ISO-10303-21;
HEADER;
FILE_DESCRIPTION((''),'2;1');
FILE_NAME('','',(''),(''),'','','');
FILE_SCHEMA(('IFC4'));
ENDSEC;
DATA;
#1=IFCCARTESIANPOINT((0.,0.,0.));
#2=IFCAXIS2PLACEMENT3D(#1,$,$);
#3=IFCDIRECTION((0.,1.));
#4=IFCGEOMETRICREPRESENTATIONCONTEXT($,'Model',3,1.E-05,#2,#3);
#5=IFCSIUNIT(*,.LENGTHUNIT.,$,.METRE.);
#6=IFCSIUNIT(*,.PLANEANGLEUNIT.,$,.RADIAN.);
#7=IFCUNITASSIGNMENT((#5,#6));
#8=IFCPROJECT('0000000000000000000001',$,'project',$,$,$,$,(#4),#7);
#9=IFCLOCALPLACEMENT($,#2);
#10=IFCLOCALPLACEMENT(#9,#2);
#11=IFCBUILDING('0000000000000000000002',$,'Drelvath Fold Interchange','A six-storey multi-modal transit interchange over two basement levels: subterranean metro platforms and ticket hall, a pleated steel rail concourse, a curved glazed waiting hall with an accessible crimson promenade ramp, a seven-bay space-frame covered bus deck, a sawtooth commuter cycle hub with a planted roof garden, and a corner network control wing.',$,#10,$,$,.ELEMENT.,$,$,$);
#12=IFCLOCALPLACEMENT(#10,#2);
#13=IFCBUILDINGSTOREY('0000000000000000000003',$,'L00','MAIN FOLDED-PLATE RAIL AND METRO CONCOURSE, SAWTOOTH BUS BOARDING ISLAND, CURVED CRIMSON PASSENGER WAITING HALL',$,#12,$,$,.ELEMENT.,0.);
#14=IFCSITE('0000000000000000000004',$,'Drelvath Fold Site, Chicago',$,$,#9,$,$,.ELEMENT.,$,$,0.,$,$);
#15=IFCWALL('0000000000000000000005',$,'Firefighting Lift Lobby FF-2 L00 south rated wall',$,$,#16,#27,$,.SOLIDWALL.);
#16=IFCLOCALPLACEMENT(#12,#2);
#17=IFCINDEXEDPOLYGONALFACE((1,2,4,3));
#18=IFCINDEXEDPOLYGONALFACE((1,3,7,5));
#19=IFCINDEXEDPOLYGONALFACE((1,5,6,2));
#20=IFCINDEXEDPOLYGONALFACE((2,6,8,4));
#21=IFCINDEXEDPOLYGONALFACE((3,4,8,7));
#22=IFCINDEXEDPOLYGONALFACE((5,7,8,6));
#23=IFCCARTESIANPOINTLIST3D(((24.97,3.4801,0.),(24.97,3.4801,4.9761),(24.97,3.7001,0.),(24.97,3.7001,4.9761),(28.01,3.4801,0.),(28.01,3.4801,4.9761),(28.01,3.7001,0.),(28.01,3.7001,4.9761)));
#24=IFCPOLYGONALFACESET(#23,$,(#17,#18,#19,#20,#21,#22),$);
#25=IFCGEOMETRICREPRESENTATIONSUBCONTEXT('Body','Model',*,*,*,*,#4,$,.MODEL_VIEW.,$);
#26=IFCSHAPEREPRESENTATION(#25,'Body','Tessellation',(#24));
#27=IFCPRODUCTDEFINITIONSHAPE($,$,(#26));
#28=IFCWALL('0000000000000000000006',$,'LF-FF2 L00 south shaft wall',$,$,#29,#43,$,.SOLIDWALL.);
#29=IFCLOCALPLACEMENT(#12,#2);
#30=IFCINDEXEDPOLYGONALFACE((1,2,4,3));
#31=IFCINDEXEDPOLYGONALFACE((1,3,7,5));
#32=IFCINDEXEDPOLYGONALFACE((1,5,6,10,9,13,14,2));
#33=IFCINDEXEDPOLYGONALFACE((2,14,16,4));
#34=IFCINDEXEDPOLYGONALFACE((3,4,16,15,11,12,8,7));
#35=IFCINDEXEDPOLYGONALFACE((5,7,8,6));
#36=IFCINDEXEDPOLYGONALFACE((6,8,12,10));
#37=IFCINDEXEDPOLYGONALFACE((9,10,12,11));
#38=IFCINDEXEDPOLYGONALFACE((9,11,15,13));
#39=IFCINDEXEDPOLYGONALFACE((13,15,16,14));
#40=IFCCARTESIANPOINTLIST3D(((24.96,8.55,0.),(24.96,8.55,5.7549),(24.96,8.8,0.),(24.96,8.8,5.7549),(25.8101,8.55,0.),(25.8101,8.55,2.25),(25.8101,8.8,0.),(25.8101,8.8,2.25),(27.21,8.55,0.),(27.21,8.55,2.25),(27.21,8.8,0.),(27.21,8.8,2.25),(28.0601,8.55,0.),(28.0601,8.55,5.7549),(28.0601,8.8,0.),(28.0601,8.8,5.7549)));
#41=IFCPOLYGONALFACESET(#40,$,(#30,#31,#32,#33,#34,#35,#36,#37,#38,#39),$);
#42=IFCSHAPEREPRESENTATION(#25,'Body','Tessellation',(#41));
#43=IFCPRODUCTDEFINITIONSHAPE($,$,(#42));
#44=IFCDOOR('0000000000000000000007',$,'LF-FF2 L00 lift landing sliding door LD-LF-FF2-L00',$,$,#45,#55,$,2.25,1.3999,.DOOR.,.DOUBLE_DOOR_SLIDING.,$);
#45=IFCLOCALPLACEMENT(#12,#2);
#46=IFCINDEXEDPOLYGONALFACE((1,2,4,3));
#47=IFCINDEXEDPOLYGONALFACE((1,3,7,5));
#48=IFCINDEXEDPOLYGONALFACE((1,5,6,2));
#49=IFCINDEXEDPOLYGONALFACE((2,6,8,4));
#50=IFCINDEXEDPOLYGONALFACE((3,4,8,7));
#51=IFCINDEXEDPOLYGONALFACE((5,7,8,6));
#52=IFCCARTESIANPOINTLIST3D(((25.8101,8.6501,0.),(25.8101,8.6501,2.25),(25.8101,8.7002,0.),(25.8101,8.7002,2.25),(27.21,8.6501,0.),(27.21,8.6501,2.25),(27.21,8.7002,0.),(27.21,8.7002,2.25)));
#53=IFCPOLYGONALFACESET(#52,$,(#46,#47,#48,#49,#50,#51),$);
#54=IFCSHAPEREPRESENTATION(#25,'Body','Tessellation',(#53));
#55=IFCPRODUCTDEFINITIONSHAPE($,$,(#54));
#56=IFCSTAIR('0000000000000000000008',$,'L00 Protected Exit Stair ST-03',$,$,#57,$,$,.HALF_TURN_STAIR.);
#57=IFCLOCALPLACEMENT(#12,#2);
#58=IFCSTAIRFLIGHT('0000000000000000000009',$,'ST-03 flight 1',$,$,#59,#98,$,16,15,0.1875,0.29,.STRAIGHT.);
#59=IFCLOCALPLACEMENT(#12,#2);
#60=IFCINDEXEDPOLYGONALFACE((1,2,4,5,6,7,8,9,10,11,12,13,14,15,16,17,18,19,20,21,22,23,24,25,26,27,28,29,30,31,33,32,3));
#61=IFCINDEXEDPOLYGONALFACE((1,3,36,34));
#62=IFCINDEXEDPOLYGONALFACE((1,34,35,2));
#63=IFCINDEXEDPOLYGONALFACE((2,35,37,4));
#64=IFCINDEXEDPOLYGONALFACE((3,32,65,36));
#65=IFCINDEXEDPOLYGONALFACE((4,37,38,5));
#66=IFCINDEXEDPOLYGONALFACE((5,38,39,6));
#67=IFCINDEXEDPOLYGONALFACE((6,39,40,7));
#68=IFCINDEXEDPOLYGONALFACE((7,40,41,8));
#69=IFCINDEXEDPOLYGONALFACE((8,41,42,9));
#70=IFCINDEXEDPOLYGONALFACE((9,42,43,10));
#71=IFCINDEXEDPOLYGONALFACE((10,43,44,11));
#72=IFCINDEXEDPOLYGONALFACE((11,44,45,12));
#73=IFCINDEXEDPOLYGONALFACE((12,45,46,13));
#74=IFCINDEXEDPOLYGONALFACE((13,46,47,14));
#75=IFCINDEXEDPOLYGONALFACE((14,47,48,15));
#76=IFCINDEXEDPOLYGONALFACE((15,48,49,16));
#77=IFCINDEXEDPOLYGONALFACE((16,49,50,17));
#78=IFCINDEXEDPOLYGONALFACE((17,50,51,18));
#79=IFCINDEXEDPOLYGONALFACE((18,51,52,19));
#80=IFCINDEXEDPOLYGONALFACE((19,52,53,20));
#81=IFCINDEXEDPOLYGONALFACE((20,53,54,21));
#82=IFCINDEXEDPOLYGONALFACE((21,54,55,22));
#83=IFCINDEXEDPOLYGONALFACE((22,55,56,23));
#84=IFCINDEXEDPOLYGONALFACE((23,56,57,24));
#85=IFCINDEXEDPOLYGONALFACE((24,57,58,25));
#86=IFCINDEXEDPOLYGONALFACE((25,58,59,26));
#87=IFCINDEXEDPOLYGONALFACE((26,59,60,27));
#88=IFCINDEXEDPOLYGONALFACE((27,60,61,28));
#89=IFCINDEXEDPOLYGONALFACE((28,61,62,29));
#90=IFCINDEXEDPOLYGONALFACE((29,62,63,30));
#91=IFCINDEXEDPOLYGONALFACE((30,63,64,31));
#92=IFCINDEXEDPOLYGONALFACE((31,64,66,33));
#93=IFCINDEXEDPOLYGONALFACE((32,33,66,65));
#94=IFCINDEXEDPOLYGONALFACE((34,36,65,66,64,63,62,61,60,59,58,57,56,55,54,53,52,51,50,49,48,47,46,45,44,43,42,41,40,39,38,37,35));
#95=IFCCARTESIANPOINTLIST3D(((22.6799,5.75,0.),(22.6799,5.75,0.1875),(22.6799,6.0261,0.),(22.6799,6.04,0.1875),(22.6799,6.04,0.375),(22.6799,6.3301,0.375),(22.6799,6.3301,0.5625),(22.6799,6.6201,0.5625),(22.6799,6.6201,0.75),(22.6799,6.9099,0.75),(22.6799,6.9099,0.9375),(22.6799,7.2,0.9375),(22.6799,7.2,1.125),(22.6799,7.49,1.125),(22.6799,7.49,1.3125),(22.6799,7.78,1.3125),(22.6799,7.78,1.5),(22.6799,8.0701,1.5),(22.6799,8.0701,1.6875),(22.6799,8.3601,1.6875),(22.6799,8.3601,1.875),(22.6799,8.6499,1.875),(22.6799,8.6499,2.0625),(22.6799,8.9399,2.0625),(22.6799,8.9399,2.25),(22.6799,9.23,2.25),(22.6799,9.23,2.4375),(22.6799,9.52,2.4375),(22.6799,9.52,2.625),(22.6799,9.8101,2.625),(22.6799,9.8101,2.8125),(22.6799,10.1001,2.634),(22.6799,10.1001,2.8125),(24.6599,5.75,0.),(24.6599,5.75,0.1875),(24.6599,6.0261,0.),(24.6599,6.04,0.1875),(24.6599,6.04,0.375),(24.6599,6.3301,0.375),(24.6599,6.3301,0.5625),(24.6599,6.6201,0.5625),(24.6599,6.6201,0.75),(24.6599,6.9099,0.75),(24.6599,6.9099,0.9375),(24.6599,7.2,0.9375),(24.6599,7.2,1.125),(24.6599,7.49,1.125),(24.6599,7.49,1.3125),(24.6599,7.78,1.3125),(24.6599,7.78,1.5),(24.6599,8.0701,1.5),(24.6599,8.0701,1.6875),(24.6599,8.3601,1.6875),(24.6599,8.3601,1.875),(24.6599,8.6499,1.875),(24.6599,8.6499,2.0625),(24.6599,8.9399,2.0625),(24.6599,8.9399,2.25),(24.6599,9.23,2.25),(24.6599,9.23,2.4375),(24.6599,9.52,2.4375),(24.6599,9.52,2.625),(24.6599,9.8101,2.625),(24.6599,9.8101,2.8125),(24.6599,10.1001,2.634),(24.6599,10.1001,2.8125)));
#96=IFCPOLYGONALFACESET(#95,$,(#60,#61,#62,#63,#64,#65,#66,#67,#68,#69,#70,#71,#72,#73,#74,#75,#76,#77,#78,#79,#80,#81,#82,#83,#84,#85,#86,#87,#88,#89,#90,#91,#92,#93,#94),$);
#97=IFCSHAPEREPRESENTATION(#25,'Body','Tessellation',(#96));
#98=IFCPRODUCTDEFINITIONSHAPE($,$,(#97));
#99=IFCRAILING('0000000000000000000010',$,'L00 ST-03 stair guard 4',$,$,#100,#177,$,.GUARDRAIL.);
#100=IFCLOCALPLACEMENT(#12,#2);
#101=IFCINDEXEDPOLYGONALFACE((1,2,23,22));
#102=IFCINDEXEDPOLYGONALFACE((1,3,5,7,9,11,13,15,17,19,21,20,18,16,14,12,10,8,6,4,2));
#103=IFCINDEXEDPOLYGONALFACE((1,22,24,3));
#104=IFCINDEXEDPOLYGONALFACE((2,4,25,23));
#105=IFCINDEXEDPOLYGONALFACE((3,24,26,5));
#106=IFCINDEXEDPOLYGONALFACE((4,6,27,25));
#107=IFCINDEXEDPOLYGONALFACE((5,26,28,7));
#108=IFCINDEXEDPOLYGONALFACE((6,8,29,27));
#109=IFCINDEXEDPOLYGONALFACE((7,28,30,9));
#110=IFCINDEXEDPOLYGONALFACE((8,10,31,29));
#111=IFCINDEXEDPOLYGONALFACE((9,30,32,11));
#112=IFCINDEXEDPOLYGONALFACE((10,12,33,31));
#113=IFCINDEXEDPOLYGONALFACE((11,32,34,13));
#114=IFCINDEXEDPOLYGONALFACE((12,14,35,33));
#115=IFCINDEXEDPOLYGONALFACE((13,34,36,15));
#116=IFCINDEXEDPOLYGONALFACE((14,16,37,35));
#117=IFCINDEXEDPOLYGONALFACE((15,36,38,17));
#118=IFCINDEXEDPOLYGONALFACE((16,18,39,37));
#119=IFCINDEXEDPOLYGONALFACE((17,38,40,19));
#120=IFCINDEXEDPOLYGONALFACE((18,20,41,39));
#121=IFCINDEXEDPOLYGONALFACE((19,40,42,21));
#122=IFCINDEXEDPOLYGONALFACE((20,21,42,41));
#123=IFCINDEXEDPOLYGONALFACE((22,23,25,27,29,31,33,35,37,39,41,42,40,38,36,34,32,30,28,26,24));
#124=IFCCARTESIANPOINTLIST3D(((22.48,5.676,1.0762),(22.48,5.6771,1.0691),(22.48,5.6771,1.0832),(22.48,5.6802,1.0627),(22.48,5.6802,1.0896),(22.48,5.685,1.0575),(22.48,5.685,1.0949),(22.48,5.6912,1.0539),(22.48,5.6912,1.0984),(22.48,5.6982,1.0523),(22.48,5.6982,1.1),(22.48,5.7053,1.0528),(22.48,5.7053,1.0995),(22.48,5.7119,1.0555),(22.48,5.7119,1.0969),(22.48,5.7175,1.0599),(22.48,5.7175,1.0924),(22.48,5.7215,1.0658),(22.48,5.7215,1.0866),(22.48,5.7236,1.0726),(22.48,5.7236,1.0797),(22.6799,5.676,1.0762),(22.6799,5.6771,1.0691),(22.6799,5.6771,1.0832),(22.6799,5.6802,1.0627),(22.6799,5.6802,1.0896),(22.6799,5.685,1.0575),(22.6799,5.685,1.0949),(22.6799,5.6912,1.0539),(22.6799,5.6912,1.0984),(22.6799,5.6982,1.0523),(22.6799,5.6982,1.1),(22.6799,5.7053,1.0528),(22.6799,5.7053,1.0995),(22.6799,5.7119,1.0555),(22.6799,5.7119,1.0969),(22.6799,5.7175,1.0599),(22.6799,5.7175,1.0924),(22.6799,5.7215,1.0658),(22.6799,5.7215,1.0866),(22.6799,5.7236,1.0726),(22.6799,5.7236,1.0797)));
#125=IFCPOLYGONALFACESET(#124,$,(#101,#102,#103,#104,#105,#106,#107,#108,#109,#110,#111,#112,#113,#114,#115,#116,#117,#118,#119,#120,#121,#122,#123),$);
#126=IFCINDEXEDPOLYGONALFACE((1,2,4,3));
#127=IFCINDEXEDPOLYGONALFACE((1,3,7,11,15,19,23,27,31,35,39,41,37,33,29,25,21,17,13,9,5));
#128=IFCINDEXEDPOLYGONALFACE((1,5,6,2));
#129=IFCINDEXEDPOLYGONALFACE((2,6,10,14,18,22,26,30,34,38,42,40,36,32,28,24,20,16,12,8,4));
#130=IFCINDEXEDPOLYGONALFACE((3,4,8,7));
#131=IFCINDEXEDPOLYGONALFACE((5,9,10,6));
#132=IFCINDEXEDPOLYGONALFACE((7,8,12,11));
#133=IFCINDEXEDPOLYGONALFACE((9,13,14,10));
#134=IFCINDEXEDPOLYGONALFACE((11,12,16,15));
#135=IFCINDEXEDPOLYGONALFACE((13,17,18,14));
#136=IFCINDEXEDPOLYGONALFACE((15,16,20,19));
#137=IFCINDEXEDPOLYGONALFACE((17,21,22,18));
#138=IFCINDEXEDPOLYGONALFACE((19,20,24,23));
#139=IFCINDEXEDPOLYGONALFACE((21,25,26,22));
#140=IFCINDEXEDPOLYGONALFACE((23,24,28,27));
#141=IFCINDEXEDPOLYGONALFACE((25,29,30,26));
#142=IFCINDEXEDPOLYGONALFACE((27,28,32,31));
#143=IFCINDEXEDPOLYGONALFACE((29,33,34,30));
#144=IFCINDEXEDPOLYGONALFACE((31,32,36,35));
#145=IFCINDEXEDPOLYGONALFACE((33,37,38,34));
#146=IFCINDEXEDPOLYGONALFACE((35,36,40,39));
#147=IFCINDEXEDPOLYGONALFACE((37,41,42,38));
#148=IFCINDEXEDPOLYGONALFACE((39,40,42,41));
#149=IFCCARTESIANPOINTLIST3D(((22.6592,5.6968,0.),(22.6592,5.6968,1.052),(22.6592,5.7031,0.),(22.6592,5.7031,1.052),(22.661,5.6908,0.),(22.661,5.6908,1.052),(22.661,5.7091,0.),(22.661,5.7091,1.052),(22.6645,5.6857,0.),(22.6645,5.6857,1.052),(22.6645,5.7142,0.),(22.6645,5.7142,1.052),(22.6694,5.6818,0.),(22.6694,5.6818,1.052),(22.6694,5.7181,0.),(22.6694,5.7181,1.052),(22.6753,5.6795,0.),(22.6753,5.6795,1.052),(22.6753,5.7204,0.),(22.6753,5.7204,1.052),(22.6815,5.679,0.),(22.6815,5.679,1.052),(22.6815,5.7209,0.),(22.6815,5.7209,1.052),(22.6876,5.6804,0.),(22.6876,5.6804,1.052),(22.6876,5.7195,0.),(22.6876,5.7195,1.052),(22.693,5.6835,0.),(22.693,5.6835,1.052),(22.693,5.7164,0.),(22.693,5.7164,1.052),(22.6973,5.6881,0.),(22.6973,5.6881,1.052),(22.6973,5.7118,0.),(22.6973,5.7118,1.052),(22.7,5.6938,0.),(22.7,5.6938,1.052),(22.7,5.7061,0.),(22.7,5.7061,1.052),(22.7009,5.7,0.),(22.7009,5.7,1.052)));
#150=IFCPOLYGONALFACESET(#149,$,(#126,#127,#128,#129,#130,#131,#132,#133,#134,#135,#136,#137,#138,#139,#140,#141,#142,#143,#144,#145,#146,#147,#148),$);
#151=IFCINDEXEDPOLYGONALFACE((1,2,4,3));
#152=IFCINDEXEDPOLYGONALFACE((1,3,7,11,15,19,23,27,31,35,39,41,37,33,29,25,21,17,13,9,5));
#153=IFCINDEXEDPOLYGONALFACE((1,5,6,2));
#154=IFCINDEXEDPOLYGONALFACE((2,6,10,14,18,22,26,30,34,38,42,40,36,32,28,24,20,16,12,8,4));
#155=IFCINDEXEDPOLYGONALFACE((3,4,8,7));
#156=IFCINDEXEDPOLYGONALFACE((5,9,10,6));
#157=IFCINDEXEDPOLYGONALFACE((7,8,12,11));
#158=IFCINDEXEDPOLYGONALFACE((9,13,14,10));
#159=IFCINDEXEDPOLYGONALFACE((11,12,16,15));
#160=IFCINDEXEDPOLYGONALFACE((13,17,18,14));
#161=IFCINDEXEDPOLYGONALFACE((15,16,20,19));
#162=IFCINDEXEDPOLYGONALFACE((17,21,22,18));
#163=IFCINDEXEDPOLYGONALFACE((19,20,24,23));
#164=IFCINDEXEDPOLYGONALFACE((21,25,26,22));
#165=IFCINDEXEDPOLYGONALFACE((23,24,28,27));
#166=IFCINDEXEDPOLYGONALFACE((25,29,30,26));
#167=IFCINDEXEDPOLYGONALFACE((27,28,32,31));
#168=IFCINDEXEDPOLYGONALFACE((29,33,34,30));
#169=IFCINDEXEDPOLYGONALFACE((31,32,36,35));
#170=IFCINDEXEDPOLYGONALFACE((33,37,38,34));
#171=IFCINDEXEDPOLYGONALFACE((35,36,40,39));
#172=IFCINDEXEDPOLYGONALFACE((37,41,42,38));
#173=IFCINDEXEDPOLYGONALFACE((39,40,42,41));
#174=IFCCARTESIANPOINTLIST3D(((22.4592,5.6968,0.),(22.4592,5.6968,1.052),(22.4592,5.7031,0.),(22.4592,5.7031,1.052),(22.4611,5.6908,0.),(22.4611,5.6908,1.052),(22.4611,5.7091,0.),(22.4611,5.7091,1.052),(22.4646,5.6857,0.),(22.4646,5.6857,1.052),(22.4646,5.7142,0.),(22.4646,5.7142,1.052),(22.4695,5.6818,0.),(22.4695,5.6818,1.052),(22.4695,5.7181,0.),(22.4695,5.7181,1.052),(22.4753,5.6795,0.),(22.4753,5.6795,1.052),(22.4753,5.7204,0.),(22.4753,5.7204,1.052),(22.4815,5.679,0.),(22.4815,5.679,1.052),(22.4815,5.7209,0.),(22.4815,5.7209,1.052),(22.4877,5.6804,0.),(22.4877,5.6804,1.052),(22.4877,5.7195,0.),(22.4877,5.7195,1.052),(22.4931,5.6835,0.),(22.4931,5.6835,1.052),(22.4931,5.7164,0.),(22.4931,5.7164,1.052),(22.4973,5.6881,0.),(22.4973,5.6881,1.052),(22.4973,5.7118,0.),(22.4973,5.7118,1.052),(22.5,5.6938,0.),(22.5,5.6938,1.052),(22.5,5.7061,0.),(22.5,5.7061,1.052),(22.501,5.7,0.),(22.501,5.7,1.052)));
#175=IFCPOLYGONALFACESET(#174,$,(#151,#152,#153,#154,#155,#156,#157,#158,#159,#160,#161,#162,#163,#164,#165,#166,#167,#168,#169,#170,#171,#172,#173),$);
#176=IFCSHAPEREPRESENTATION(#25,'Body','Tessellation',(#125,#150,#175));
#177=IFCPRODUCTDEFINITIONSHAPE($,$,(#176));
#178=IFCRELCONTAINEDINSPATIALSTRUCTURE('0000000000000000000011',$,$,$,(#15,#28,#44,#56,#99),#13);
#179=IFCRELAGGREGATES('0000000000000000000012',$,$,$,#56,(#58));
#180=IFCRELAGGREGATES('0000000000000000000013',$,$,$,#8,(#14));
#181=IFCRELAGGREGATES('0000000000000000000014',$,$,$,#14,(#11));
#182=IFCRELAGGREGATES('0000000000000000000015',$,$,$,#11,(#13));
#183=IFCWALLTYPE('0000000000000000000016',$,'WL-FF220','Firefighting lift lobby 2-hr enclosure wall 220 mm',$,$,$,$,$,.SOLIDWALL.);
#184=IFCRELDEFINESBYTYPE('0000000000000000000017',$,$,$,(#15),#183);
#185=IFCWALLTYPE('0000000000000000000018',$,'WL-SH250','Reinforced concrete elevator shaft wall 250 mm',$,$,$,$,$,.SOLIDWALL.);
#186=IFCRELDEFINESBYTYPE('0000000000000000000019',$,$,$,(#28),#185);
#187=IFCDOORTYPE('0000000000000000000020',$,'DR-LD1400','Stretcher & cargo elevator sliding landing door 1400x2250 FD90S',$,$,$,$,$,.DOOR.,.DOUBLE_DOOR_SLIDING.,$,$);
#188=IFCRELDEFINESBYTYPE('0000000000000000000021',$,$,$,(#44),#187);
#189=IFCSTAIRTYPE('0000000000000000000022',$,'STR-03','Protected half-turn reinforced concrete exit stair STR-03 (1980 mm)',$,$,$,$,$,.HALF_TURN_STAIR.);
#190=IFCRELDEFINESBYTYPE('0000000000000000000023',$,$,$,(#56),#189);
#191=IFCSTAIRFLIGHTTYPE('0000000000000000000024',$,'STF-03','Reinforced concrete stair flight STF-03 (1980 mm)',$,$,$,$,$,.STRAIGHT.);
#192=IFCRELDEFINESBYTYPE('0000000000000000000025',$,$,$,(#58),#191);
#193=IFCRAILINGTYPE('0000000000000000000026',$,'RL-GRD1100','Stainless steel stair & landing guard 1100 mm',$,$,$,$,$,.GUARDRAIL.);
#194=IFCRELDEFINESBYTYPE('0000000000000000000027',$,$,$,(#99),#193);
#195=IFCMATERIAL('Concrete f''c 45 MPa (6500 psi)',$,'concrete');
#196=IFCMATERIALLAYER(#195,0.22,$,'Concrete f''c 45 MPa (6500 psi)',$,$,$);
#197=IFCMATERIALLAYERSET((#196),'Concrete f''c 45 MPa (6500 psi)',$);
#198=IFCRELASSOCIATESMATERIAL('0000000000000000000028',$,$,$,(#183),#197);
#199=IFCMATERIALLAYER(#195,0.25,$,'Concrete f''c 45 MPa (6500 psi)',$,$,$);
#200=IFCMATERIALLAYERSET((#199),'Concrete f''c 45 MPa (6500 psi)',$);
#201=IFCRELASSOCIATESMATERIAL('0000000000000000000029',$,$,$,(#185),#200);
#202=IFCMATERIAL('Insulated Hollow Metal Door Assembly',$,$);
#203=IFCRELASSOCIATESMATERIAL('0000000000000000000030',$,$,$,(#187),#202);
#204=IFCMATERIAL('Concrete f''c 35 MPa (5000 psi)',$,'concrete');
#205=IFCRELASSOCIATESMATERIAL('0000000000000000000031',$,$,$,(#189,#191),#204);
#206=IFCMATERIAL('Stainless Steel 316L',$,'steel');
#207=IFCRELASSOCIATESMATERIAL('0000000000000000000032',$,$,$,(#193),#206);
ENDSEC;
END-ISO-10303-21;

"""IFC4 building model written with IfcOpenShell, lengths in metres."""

from ifc_helpers import new_model, si_unit, direction, frame, frame_2d, origin, origin_2d, place, context, subcontext, project, spatial, polyline, rectangle, circle, outline, extrude, material, layer, layer_set, type_object, element, fill, aggregate, save


model = new_model("IFC4")

# Units and contexts
model_context = context("Model", 3, precision=1e-05, world=origin(), true_north=direction((0.0, 1.0)))
body_context = subcontext(model_context, "Body", "Model", "MODEL_VIEW")
ifc_project = project(units=[si_unit("LENGTHUNIT", "METRE"), si_unit("PLANEANGLEUNIT", "RADIAN")], contexts=[model_context])

# Site, building, storey
site_placement = place(None, origin())
site = spatial("IfcSite", under=ifc_project, at=site_placement, Name="Drelvath Fold Site, Chicago", CompositionType="ELEMENT", RefElevation=0.0)
building_placement = place(site_placement, origin())
building = spatial("IfcBuilding", under=site, at=building_placement, Name="Drelvath Fold Interchange", Description="A six-storey multi-modal transit interchange over two basement levels: subterranean metro platforms and ticket hall, a pleated steel rail concourse, a curved glazed waiting hall with an accessible crimson promenade ramp, a seven-bay space-frame covered bus deck, a sawtooth commuter cycle hub with a planted roof garden, and a corner network control wing.", CompositionType="ELEMENT")
storey_placement = place(building_placement, origin())
storey = spatial("IfcBuildingStorey", under=building, at=storey_placement, Name="L00", Description="MAIN FOLDED-PLATE RAIL AND METRO CONCOURSE, SAWTOOTH BUS BOARDING ISLAND, CURVED CRIMSON PASSENGER WAITING HALL", CompositionType="ELEMENT", Elevation=0.0)

# Shared definitions
ifc_material_1 = material(Name="Concrete f'c 45 MPa (6500 psi)", Category="concrete")
ifc_material_2 = material(Name="Insulated Hollow Metal Door Assembly")

# Wall
ifc_layer_1 = layer(ifc_material_1, 0.22, Name="Concrete f'c 45 MPa (6500 psi)")
ifc_layer_set_1 = layer_set([ifc_layer_1], Name="Concrete f'c 45 MPa (6500 psi)")
wall_type_1 = type_object("IfcWallType", Name="WL-FF220", Description="Firefighting lift lobby 2-hr enclosure wall 220 mm", PredefinedType="SOLIDWALL", material=ifc_layer_set_1)
wall_1_placement = place(storey_placement, frame((24.97, 3.5901, 0.0), z_axis=(0.0, 0.0, 1.0), x_axis=(1.0, 0.0, 0.0)))
element("IfcWall", 1, at=wall_1_placement, inside=storey, type_object=wall_type_1, Name="Firefighting Lift Lobby FF-2 L00 south rated wall", PredefinedType="SOLIDWALL", context=body_context, shape_type="SweptSolid", body=[
    extrude(rectangle(XDim=3.04, YDim=0.22, at=frame_2d((1.52, 0.0))), origin(), (0.0, 0.0, 1.0), 4.9761),
])

# Wall, opening, door
ifc_layer_2 = layer(ifc_material_1, 0.25, Name="Concrete f'c 45 MPa (6500 psi)")
ifc_layer_set_2 = layer_set([ifc_layer_2], Name="Concrete f'c 45 MPa (6500 psi)")
wall_type_2 = type_object("IfcWallType", Name="WL-SH250", Description="Reinforced concrete elevator shaft wall 250 mm", PredefinedType="SOLIDWALL", material=ifc_layer_set_2)
wall_2_placement = place(storey_placement, frame((24.96, 8.675, 0.0), z_axis=(0.0, 0.0, 1.0), x_axis=(1.0, 0.0, 0.0)))
wall_2 = element("IfcWall", 2, at=wall_2_placement, inside=storey, type_object=wall_type_2, Name="LF-FF2 L00 south shaft wall", PredefinedType="SOLIDWALL", context=body_context, shape_type="SweptSolid", body=[
    extrude(rectangle(XDim=3.1001, YDim=0.25, at=frame_2d((1.55, 0.0))), origin(), (0.0, 0.0, 1.0), 5.7549),
])
opening_1_placement = place(wall_2_placement, frame((0.8501, 0.0, 0.0)))
opening_1 = element("IfcOpeningElement", 3, at=opening_1_placement, cuts=wall_2, PredefinedType="OPENING", context=body_context, shape_type="SweptSolid", body=[
    extrude(rectangle(XDim=1.3999, YDim=2.25, at=frame_2d((0.7, 1.125))), frame((0.0, 0.135, 0.0), z_axis=(0.0, -1.0, 0.0), x_axis=(1.0, 0.0, 0.0)), (0.0, 0.0, 1.0), 0.27),
])
door_type_1 = type_object("IfcDoorType", Name="DR-LD1400", Description="Stretcher & cargo elevator sliding landing door 1400x2250 FD90S", OperationType="DOUBLE_DOOR_SLIDING", PredefinedType="DOOR", material=ifc_material_2)
door_1_placement = place(opening_1_placement, frame((1.3999, 0.0, 0.0), z_axis=(0.0, 0.0, 1.0), x_axis=(-1.0, 0.0, 0.0)))
door_1 = element("IfcDoor", 4, at=door_1_placement, inside=storey, type_object=door_type_1, Name="LF-FF2 L00 lift landing sliding door LD-LF-FF2-L00", OperationType="DOUBLE_DOOR_SLIDING", OverallHeight=2.25, OverallWidth=1.3999, PredefinedType="DOOR", context=body_context, shape_type="SweptSolid", body=[
    extrude(rectangle(XDim=1.3999, YDim=2.25, at=frame_2d((0.7, 1.125))), frame((0.0, 0.0249, 0.0), z_axis=(0.0, -1.0, 0.0), x_axis=(1.0, 0.0, 0.0)), (0.0, 0.0, 1.0), 0.05),
])
fill(opening_1, door_1)

# Stair, stair flight
ifc_material_3 = material(Name="Concrete f'c 35 MPa (5000 psi)", Category="concrete")
stair_type = type_object("IfcStairType", Name="STR-03", Description="Protected half-turn reinforced concrete exit stair STR-03 (1980 mm)", PredefinedType="HALF_TURN_STAIR", material=ifc_material_3)
stair_placement = place(storey_placement, origin())
stair = element("IfcStair", 5, at=stair_placement, inside=storey, type_object=stair_type, Name="L00 Protected Exit Stair ST-03", PredefinedType="HALF_TURN_STAIR")
stair_flight_type = type_object("IfcStairFlightType", Name="STF-03", Description="Reinforced concrete stair flight STF-03 (1980 mm)", PredefinedType="STRAIGHT", material=ifc_material_3)
stair_flight_placement = place(storey_placement, frame((23.6699, 5.75, 0.0), z_axis=(0.0, 0.0, 1.0), x_axis=(0.0, 1.0, 0.0)))
stair_flight = element("IfcStairFlight", 6, at=stair_flight_placement, type_object=stair_flight_type, Name="ST-03 flight 1", NumberOfRisers=16, NumberOfTreads=15, PredefinedType="STRAIGHT", RiserHeight=0.1875, TreadLength=0.29, context=body_context, shape_type="SweptSolid", body=[
    extrude(outline(polyline([(0.0, 0.0), (0.0, 0.1875), (0.29, 0.1875), (0.29, 0.375), (0.5801, 0.375), (0.5801, 0.5625), (0.8701, 0.5625), (0.8701, 0.75), (1.1599, 0.75), (1.1599, 0.9375), (1.45, 0.9375), (1.45, 1.125), (1.74, 1.125), (1.74, 1.3125), (2.03, 1.3125), (2.03, 1.5), (2.3201, 1.5), (2.3201, 1.6875), (2.6101, 1.6875), (2.6101, 1.875), (2.8999, 1.875), (2.8999, 2.0625), (3.1899, 2.0625), (3.1899, 2.25), (3.48, 2.25), (3.48, 2.4375), (3.77, 2.4375), (3.77, 2.625), (4.0601, 2.625), (4.0601, 2.8125), (4.3501, 2.8125), (4.3501, 3.0), (4.3501, 2.634), (0.2761, 0.0), (0.0, 0.0)])), frame((0.0, 0.99, 0.0), z_axis=(0.0, -1.0, 0.0), x_axis=(1.0, 0.0, 0.0)), (0.0, 0.0, 1.0), 1.98),
])
aggregate(stair, [stair_flight])

# Railing
ifc_material_4 = material(Name="Stainless Steel 316L", Category="steel")
railing_type_1 = type_object("IfcRailingType", Name="RL-GRD1100", Description="Stainless steel stair & landing guard 1100 mm", PredefinedType="GUARDRAIL", material=ifc_material_4)
railing_1_placement = place(storey_placement, frame((22.6799, 5.7, 0.0)))
element("IfcRailing", 7, at=railing_1_placement, inside=storey, type_object=railing_type_1, Name="L00 ST-03 stair guard 4", PredefinedType="GUARDRAIL", context=body_context, shape_type="SweptSolid", body=[
    extrude(circle(Radius=0.0239, at=origin_2d()), frame((0.0, 0.0, 1.0762), z_axis=(-1.0, 0.0, 0.0), x_axis=(0.0, -1.0, 0.0)), (0.0, 0.0, 1.0), 0.2),
    extrude(circle(Radius=0.021, at=origin_2d()), origin(), (0.0, 0.0, 1.0), 1.052),
    extrude(circle(Radius=0.021, at=origin_2d()), frame((-0.2, 0.0, 0.0)), (0.0, 0.0, 1.0), 1.052),
])

save(model, "model.ifc")
